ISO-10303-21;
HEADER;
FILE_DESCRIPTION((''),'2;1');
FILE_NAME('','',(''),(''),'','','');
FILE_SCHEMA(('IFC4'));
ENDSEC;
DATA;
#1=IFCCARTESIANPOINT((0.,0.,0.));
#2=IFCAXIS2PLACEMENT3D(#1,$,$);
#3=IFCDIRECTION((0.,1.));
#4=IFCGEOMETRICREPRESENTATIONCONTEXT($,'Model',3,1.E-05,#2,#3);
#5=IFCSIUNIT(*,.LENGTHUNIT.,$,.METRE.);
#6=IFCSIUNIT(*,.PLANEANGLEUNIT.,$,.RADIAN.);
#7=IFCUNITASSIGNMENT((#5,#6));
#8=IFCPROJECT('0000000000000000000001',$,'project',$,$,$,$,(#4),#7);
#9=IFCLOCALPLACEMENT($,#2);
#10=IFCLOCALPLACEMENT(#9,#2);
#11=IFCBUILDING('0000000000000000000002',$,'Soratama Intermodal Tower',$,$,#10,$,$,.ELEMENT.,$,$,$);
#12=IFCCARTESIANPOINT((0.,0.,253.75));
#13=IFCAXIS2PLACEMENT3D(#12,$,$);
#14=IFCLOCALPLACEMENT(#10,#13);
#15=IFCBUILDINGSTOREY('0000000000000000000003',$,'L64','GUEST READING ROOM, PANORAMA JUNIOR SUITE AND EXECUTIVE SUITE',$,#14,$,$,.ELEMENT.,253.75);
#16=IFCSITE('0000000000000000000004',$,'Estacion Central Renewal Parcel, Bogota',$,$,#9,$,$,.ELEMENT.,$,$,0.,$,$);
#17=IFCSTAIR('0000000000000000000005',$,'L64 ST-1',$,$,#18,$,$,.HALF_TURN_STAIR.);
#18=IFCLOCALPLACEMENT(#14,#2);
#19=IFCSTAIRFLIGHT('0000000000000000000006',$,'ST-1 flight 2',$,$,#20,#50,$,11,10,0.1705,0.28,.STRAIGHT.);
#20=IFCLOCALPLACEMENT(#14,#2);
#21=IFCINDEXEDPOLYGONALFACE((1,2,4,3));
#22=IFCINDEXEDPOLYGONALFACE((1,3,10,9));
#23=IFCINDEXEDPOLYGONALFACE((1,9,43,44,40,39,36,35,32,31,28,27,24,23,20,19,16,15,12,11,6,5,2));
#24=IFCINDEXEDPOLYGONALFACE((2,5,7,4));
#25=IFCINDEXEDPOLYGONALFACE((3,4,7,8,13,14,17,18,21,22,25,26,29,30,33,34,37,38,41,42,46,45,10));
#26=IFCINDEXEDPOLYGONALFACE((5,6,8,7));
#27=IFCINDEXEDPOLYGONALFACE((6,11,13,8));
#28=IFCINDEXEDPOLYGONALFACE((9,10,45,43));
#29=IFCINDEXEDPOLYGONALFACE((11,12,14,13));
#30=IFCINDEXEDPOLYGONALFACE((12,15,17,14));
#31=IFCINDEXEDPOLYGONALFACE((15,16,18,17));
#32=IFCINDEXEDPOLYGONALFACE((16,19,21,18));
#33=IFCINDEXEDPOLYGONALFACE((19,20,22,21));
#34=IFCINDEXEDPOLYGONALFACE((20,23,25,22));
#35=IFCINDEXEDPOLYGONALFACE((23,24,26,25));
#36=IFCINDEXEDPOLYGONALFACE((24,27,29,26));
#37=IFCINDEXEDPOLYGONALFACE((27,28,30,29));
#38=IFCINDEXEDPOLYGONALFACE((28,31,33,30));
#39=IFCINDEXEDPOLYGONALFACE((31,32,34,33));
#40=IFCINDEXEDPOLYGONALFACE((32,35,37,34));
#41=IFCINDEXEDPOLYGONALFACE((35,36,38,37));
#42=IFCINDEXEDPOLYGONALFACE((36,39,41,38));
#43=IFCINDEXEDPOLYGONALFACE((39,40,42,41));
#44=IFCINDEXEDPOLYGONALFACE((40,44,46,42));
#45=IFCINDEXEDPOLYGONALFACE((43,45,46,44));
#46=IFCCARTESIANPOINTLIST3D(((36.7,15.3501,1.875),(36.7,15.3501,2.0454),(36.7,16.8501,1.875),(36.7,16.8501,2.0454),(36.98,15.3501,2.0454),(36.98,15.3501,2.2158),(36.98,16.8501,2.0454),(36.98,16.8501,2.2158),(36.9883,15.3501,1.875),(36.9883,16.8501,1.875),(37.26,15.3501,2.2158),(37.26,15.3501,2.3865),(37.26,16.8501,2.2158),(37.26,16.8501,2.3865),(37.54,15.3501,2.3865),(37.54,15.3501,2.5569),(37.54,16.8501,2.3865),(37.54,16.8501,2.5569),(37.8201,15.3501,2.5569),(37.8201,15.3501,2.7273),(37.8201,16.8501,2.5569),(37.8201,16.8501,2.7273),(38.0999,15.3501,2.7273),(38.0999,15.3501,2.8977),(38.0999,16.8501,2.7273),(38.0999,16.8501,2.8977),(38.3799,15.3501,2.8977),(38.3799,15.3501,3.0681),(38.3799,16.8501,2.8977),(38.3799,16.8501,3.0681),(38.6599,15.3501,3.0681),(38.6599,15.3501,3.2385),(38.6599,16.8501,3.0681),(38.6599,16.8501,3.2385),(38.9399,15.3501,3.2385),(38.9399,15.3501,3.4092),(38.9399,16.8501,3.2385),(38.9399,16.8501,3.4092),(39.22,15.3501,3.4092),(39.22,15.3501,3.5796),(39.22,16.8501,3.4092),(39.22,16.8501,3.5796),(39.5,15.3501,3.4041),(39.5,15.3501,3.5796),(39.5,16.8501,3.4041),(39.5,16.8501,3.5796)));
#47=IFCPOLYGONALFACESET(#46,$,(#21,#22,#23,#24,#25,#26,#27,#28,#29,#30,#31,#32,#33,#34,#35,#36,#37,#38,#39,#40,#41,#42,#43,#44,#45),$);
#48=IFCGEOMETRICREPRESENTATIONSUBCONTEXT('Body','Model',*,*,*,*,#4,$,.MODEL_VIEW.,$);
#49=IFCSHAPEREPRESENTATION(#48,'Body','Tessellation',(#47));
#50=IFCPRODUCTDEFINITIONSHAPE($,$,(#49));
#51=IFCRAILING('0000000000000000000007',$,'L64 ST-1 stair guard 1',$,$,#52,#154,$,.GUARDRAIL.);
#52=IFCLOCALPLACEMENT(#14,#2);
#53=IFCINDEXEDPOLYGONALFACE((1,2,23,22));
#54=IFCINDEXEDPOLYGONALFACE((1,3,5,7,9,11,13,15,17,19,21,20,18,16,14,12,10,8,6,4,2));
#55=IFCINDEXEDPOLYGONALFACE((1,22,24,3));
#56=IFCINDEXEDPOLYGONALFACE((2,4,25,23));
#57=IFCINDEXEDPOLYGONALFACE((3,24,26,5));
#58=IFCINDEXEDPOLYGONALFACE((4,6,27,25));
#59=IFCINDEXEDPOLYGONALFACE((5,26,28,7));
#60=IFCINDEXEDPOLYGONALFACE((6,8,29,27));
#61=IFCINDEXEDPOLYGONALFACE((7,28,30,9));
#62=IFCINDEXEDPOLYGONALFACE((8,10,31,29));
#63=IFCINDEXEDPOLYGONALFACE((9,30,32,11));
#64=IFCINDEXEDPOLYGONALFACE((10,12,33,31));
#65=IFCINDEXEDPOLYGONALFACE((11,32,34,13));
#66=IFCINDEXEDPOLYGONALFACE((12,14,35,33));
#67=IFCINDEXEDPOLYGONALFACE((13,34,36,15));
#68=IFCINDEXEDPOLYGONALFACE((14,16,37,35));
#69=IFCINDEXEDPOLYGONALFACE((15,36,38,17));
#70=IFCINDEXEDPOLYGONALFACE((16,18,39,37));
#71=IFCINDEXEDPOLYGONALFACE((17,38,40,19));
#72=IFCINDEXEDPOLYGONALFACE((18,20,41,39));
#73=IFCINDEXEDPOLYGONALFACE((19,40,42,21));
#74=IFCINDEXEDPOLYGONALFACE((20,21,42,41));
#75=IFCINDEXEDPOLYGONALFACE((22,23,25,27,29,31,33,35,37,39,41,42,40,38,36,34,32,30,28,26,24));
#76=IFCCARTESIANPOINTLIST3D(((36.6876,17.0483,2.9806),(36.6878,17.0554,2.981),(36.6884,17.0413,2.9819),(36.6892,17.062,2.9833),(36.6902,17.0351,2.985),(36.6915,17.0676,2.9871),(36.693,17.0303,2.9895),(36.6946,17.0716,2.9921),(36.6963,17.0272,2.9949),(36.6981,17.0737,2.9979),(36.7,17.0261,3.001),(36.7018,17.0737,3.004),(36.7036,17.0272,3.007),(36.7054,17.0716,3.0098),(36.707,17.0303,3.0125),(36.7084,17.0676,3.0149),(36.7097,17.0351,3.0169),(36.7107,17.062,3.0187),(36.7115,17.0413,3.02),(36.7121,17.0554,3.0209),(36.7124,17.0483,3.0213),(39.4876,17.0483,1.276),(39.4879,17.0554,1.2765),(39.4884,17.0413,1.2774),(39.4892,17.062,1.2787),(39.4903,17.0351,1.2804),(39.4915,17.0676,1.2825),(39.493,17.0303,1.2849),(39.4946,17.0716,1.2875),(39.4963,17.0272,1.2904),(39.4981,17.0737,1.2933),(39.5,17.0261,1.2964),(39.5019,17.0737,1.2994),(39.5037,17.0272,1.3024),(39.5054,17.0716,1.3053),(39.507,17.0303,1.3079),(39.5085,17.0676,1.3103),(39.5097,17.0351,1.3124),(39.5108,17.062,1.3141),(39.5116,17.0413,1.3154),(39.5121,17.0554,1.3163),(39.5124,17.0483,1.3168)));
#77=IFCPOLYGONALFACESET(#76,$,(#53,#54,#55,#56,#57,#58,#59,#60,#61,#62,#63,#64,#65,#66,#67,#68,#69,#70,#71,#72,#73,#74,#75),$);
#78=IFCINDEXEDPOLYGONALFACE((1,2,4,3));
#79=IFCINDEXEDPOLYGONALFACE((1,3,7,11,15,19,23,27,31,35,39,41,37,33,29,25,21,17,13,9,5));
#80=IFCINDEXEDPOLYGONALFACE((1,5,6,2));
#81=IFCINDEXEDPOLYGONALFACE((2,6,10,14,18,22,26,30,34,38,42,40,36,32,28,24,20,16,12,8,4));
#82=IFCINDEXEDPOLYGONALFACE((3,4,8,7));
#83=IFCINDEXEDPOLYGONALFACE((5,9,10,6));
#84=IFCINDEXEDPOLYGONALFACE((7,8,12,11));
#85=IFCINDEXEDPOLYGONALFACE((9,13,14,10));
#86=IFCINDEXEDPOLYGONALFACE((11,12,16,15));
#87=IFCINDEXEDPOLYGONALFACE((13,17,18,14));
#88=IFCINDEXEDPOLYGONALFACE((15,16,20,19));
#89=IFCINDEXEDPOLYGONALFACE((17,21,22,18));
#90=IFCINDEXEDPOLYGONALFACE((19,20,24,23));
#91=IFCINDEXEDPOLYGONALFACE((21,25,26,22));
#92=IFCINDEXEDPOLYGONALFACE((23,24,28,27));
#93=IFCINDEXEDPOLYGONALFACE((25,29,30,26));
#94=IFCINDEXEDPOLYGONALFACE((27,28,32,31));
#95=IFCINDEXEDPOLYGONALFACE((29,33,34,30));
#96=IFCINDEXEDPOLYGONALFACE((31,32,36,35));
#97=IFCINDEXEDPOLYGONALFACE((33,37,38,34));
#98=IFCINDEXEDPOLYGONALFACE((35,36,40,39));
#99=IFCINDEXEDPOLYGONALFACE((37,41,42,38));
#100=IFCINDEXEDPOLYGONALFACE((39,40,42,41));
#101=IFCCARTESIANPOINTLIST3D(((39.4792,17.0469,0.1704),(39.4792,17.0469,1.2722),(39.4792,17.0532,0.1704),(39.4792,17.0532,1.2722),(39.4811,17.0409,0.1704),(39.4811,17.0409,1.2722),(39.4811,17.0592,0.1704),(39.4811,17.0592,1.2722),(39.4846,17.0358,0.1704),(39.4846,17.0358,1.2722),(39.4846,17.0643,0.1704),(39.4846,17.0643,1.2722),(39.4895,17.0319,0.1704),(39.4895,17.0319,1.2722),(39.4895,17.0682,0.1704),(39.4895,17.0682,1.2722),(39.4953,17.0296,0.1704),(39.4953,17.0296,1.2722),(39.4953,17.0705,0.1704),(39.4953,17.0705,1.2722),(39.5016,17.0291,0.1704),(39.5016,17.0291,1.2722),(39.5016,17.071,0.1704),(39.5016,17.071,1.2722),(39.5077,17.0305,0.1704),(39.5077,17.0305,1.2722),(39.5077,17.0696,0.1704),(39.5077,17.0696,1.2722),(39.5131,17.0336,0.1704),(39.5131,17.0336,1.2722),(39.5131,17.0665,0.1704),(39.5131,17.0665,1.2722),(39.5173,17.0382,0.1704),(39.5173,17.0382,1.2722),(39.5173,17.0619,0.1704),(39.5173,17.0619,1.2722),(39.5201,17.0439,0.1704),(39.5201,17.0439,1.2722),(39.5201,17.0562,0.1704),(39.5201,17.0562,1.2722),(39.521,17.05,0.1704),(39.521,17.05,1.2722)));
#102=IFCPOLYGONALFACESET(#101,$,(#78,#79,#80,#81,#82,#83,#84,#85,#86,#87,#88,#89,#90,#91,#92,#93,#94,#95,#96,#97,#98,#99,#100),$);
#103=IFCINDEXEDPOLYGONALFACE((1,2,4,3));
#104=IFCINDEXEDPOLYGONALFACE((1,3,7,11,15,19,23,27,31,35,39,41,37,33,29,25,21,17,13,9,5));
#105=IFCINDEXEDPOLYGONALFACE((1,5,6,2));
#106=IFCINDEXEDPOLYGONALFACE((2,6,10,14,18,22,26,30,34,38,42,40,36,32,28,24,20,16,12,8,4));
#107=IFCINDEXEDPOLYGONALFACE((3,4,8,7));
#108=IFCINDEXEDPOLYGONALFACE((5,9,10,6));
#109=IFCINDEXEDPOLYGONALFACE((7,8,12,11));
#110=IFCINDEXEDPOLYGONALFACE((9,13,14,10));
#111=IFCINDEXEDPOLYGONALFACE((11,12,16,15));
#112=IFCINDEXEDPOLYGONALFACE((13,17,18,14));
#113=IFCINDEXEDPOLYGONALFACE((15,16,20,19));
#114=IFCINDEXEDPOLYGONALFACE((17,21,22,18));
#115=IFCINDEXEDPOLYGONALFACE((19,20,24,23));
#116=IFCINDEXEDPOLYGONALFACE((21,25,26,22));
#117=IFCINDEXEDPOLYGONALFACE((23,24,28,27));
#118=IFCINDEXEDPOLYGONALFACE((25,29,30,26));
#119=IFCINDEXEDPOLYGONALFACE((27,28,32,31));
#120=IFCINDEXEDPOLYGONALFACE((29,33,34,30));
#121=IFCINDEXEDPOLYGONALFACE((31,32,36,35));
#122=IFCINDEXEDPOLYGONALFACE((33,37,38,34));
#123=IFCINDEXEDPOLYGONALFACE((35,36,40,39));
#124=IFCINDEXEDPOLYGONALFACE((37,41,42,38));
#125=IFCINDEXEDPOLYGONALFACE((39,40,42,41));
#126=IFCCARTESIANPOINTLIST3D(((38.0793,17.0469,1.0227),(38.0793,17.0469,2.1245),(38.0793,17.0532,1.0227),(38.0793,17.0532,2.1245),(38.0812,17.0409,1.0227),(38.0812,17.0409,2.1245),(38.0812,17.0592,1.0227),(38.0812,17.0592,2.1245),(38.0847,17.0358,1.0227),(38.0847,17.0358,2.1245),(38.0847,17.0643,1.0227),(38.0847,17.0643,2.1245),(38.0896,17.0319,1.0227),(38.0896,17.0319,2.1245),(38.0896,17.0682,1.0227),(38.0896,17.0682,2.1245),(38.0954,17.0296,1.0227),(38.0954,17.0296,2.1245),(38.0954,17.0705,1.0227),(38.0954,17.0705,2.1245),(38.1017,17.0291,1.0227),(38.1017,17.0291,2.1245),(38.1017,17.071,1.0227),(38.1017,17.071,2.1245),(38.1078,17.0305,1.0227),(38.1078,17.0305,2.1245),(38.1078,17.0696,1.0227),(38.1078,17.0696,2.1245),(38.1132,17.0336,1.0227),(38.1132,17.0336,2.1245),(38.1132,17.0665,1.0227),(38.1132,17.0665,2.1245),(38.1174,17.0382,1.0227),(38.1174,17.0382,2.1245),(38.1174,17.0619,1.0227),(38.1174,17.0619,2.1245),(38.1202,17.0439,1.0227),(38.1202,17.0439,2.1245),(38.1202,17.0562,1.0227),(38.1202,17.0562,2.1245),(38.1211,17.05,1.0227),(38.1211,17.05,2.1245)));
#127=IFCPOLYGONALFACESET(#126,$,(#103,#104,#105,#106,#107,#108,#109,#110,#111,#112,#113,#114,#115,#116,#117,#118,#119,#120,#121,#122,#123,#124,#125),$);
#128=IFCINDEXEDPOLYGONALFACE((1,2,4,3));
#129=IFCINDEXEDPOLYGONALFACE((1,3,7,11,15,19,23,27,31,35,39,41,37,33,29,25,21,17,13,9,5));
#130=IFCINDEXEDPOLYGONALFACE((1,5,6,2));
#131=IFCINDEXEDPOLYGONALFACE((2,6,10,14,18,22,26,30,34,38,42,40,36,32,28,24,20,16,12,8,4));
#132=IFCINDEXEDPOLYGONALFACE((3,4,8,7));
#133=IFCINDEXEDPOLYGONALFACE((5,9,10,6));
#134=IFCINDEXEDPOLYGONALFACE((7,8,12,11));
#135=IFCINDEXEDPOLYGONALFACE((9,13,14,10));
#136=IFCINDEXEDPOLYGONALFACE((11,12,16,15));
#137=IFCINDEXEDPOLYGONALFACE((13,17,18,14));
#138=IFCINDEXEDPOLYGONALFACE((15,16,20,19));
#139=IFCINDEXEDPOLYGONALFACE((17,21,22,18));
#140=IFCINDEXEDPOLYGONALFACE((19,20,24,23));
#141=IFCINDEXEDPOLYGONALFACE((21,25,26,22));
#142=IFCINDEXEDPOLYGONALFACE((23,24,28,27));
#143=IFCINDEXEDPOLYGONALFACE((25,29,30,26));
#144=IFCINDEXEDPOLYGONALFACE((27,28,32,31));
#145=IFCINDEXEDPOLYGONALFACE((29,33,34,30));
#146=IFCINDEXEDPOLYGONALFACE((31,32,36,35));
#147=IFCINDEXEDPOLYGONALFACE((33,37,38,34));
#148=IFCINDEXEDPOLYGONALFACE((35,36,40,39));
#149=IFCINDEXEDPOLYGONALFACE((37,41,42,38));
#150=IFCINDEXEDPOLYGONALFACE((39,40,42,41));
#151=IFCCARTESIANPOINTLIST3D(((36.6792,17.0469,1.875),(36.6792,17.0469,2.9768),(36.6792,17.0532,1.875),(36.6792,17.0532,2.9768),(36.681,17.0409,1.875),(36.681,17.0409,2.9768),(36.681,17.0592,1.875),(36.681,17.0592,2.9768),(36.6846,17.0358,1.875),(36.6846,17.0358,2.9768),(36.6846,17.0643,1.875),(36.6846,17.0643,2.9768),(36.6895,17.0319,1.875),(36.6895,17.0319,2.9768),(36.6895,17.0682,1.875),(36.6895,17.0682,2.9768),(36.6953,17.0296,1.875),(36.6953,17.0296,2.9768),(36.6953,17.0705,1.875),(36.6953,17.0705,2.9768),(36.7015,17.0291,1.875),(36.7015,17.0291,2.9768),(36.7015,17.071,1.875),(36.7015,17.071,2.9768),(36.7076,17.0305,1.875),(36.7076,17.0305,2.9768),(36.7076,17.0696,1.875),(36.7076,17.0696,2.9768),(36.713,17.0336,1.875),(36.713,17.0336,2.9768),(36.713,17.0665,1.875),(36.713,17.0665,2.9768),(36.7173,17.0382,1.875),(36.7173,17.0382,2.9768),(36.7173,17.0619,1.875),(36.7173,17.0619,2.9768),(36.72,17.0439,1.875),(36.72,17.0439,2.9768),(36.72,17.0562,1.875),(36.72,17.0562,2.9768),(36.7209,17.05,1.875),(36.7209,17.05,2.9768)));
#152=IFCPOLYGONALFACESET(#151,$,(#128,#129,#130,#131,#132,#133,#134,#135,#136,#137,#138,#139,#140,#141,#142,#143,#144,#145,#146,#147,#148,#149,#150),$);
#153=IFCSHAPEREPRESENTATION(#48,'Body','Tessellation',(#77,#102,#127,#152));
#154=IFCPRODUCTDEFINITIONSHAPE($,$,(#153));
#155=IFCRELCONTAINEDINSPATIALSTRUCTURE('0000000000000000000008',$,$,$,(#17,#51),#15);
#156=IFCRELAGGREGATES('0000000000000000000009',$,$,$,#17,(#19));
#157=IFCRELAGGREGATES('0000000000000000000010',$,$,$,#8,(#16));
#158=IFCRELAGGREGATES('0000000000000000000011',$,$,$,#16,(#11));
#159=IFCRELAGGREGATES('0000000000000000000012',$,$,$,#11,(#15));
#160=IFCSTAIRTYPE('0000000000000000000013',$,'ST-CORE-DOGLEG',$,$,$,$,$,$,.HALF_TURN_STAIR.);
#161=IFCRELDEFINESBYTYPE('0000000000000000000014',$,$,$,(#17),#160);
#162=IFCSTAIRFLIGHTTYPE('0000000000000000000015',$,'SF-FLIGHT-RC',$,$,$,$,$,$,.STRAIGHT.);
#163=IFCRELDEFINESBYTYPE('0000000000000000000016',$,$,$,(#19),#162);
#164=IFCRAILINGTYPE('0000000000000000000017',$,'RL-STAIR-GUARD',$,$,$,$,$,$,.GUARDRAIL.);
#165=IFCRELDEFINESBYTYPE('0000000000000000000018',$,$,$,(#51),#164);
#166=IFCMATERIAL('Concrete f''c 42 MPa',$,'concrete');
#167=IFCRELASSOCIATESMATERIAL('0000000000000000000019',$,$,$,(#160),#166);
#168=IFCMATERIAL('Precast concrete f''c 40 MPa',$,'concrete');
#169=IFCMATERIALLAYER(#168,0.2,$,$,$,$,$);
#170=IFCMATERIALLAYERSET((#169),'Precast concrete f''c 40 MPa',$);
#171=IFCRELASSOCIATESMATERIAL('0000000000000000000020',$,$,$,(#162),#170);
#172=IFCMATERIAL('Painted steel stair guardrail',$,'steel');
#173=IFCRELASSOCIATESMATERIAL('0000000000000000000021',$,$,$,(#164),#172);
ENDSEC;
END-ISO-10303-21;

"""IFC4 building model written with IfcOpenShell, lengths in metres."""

from ifc_helpers import new_model, si_unit, direction, frame, origin, origin_2d, place, context, subcontext, project, spatial, polyline, circle, outline, extrude, material, layer, layer_set, type_object, element, aggregate, save


model = new_model("IFC4")

# Units and contexts
model_context = context("Model", 3, precision=1e-05, world=origin(), true_north=direction((0.0, 1.0)))
body_context = subcontext(model_context, "Body", "Model", "MODEL_VIEW")
ifc_project = project(units=[si_unit("LENGTHUNIT", "METRE"), si_unit("PLANEANGLEUNIT", "RADIAN")], contexts=[model_context])

# Site, building, storey
site_placement = place(None, origin())
site = spatial("IfcSite", under=ifc_project, at=site_placement, Name="Estacion Central Renewal Parcel, Bogota", CompositionType="ELEMENT", RefElevation=0.0)
building_placement = place(site_placement, origin())
building = spatial("IfcBuilding", under=site, at=building_placement, Name="Soratama Intermodal Tower", CompositionType="ELEMENT")
storey_placement = place(building_placement, frame((0.0, 0.0, 253.75)))
storey = spatial("IfcBuildingStorey", under=building, at=storey_placement, Name="L64", Description="GUEST READING ROOM, PANORAMA JUNIOR SUITE AND EXECUTIVE SUITE", CompositionType="ELEMENT", Elevation=253.75)

# Stair, stair flight
ifc_material_1 = material(Name="Concrete f'c 42 MPa", Category="concrete")
stair_type = type_object("IfcStairType", Name="ST-CORE-DOGLEG", PredefinedType="HALF_TURN_STAIR", material=ifc_material_1)
stair_placement = place(storey_placement, origin())
stair = element("IfcStair", 1, at=stair_placement, inside=storey, type_object=stair_type, Name="L64 ST-1", PredefinedType="HALF_TURN_STAIR")
ifc_material_2 = material(Name="Precast concrete f'c 40 MPa", Category="concrete")
ifc_layer_1 = layer(ifc_material_2, 0.2)
ifc_layer_set_1 = layer_set([ifc_layer_1], Name="Precast concrete f'c 40 MPa")
stair_flight_type = type_object("IfcStairFlightType", Name="SF-FLIGHT-RC", PredefinedType="STRAIGHT", material=ifc_layer_set_1)
stair_flight_1_placement = place(storey_placement, frame((36.7, 16.1001, 1.875), z_axis=(0.0, 0.0, 1.0), x_axis=(1.0, 0.0, 0.0)))
stair_flight_1 = element("IfcStairFlight", 2, at=stair_flight_1_placement, type_object=stair_flight_type, Name="ST-1 flight 2", NumberOfRisers=11, NumberOfTreads=10, PredefinedType="STRAIGHT", RiserHeight=0.1705, TreadLength=0.28, context=body_context, shape_type="SweptSolid", body=[
    extrude(outline(polyline([(0.0, 0.0), (0.0, 0.1704), (0.28, 0.1704), (0.28, 0.3408), (0.5601, 0.3408), (0.5601, 0.5115), (0.8401, 0.5115), (0.8401, 0.6819), (1.1201, 0.6819), (1.1201, 0.8523), (1.3999, 0.8523), (1.3999, 1.0227), (1.6799, 1.0227), (1.6799, 1.1931), (1.96, 1.1931), (1.96, 1.3635), (2.24, 1.3635), (2.24, 1.5342), (2.52, 1.5342), (2.52, 1.7046), (2.8, 1.7046), (2.8, 1.875), (2.8, 1.5291), (0.2883, 0.0), (0.0, 0.0)])), frame((0.0, 0.75, 0.0), z_axis=(0.0, -1.0, 0.0), x_axis=(1.0, 0.0, 0.0)), (0.0, 0.0, 1.0), 1.5),
])
aggregate(stair, [stair_flight_1])

# Railing
ifc_material_3 = material(Name="Painted steel stair guardrail", Category="steel")
railing_type_1 = type_object("IfcRailingType", Name="RL-STAIR-GUARD", PredefinedType="GUARDRAIL", material=ifc_material_3)
railing_1_placement = place(storey_placement, frame((39.5, 17.05, 0.1704)))
element("IfcRailing", 3, at=railing_1_placement, inside=storey, type_object=railing_type_1, Name="L64 ST-1 stair guard 1", PredefinedType="GUARDRAIL", context=body_context, shape_type="SweptSolid", body=[
    extrude(circle(Radius=0.0239, at=origin_2d()), frame((0.0, 0.0, 1.126), z_axis=(-0.85417, 0.0, 0.519994), x_axis=(0.0, -1.0, 0.0)), (0.0, 0.0, 1.0), 3.2781),
    extrude(circle(Radius=0.021, at=origin_2d()), origin(), (0.0, 0.0, 1.0), 1.1018),
    extrude(circle(Radius=0.021, at=origin_2d()), frame((-1.3999, 0.0, 0.8523)), (0.0, 0.0, 1.0), 1.1018),
    extrude(circle(Radius=0.021, at=origin_2d()), frame((-2.8, 0.0, 1.7046)), (0.0, 0.0, 1.0), 1.1018),
])

save(model, "model.ifc")
